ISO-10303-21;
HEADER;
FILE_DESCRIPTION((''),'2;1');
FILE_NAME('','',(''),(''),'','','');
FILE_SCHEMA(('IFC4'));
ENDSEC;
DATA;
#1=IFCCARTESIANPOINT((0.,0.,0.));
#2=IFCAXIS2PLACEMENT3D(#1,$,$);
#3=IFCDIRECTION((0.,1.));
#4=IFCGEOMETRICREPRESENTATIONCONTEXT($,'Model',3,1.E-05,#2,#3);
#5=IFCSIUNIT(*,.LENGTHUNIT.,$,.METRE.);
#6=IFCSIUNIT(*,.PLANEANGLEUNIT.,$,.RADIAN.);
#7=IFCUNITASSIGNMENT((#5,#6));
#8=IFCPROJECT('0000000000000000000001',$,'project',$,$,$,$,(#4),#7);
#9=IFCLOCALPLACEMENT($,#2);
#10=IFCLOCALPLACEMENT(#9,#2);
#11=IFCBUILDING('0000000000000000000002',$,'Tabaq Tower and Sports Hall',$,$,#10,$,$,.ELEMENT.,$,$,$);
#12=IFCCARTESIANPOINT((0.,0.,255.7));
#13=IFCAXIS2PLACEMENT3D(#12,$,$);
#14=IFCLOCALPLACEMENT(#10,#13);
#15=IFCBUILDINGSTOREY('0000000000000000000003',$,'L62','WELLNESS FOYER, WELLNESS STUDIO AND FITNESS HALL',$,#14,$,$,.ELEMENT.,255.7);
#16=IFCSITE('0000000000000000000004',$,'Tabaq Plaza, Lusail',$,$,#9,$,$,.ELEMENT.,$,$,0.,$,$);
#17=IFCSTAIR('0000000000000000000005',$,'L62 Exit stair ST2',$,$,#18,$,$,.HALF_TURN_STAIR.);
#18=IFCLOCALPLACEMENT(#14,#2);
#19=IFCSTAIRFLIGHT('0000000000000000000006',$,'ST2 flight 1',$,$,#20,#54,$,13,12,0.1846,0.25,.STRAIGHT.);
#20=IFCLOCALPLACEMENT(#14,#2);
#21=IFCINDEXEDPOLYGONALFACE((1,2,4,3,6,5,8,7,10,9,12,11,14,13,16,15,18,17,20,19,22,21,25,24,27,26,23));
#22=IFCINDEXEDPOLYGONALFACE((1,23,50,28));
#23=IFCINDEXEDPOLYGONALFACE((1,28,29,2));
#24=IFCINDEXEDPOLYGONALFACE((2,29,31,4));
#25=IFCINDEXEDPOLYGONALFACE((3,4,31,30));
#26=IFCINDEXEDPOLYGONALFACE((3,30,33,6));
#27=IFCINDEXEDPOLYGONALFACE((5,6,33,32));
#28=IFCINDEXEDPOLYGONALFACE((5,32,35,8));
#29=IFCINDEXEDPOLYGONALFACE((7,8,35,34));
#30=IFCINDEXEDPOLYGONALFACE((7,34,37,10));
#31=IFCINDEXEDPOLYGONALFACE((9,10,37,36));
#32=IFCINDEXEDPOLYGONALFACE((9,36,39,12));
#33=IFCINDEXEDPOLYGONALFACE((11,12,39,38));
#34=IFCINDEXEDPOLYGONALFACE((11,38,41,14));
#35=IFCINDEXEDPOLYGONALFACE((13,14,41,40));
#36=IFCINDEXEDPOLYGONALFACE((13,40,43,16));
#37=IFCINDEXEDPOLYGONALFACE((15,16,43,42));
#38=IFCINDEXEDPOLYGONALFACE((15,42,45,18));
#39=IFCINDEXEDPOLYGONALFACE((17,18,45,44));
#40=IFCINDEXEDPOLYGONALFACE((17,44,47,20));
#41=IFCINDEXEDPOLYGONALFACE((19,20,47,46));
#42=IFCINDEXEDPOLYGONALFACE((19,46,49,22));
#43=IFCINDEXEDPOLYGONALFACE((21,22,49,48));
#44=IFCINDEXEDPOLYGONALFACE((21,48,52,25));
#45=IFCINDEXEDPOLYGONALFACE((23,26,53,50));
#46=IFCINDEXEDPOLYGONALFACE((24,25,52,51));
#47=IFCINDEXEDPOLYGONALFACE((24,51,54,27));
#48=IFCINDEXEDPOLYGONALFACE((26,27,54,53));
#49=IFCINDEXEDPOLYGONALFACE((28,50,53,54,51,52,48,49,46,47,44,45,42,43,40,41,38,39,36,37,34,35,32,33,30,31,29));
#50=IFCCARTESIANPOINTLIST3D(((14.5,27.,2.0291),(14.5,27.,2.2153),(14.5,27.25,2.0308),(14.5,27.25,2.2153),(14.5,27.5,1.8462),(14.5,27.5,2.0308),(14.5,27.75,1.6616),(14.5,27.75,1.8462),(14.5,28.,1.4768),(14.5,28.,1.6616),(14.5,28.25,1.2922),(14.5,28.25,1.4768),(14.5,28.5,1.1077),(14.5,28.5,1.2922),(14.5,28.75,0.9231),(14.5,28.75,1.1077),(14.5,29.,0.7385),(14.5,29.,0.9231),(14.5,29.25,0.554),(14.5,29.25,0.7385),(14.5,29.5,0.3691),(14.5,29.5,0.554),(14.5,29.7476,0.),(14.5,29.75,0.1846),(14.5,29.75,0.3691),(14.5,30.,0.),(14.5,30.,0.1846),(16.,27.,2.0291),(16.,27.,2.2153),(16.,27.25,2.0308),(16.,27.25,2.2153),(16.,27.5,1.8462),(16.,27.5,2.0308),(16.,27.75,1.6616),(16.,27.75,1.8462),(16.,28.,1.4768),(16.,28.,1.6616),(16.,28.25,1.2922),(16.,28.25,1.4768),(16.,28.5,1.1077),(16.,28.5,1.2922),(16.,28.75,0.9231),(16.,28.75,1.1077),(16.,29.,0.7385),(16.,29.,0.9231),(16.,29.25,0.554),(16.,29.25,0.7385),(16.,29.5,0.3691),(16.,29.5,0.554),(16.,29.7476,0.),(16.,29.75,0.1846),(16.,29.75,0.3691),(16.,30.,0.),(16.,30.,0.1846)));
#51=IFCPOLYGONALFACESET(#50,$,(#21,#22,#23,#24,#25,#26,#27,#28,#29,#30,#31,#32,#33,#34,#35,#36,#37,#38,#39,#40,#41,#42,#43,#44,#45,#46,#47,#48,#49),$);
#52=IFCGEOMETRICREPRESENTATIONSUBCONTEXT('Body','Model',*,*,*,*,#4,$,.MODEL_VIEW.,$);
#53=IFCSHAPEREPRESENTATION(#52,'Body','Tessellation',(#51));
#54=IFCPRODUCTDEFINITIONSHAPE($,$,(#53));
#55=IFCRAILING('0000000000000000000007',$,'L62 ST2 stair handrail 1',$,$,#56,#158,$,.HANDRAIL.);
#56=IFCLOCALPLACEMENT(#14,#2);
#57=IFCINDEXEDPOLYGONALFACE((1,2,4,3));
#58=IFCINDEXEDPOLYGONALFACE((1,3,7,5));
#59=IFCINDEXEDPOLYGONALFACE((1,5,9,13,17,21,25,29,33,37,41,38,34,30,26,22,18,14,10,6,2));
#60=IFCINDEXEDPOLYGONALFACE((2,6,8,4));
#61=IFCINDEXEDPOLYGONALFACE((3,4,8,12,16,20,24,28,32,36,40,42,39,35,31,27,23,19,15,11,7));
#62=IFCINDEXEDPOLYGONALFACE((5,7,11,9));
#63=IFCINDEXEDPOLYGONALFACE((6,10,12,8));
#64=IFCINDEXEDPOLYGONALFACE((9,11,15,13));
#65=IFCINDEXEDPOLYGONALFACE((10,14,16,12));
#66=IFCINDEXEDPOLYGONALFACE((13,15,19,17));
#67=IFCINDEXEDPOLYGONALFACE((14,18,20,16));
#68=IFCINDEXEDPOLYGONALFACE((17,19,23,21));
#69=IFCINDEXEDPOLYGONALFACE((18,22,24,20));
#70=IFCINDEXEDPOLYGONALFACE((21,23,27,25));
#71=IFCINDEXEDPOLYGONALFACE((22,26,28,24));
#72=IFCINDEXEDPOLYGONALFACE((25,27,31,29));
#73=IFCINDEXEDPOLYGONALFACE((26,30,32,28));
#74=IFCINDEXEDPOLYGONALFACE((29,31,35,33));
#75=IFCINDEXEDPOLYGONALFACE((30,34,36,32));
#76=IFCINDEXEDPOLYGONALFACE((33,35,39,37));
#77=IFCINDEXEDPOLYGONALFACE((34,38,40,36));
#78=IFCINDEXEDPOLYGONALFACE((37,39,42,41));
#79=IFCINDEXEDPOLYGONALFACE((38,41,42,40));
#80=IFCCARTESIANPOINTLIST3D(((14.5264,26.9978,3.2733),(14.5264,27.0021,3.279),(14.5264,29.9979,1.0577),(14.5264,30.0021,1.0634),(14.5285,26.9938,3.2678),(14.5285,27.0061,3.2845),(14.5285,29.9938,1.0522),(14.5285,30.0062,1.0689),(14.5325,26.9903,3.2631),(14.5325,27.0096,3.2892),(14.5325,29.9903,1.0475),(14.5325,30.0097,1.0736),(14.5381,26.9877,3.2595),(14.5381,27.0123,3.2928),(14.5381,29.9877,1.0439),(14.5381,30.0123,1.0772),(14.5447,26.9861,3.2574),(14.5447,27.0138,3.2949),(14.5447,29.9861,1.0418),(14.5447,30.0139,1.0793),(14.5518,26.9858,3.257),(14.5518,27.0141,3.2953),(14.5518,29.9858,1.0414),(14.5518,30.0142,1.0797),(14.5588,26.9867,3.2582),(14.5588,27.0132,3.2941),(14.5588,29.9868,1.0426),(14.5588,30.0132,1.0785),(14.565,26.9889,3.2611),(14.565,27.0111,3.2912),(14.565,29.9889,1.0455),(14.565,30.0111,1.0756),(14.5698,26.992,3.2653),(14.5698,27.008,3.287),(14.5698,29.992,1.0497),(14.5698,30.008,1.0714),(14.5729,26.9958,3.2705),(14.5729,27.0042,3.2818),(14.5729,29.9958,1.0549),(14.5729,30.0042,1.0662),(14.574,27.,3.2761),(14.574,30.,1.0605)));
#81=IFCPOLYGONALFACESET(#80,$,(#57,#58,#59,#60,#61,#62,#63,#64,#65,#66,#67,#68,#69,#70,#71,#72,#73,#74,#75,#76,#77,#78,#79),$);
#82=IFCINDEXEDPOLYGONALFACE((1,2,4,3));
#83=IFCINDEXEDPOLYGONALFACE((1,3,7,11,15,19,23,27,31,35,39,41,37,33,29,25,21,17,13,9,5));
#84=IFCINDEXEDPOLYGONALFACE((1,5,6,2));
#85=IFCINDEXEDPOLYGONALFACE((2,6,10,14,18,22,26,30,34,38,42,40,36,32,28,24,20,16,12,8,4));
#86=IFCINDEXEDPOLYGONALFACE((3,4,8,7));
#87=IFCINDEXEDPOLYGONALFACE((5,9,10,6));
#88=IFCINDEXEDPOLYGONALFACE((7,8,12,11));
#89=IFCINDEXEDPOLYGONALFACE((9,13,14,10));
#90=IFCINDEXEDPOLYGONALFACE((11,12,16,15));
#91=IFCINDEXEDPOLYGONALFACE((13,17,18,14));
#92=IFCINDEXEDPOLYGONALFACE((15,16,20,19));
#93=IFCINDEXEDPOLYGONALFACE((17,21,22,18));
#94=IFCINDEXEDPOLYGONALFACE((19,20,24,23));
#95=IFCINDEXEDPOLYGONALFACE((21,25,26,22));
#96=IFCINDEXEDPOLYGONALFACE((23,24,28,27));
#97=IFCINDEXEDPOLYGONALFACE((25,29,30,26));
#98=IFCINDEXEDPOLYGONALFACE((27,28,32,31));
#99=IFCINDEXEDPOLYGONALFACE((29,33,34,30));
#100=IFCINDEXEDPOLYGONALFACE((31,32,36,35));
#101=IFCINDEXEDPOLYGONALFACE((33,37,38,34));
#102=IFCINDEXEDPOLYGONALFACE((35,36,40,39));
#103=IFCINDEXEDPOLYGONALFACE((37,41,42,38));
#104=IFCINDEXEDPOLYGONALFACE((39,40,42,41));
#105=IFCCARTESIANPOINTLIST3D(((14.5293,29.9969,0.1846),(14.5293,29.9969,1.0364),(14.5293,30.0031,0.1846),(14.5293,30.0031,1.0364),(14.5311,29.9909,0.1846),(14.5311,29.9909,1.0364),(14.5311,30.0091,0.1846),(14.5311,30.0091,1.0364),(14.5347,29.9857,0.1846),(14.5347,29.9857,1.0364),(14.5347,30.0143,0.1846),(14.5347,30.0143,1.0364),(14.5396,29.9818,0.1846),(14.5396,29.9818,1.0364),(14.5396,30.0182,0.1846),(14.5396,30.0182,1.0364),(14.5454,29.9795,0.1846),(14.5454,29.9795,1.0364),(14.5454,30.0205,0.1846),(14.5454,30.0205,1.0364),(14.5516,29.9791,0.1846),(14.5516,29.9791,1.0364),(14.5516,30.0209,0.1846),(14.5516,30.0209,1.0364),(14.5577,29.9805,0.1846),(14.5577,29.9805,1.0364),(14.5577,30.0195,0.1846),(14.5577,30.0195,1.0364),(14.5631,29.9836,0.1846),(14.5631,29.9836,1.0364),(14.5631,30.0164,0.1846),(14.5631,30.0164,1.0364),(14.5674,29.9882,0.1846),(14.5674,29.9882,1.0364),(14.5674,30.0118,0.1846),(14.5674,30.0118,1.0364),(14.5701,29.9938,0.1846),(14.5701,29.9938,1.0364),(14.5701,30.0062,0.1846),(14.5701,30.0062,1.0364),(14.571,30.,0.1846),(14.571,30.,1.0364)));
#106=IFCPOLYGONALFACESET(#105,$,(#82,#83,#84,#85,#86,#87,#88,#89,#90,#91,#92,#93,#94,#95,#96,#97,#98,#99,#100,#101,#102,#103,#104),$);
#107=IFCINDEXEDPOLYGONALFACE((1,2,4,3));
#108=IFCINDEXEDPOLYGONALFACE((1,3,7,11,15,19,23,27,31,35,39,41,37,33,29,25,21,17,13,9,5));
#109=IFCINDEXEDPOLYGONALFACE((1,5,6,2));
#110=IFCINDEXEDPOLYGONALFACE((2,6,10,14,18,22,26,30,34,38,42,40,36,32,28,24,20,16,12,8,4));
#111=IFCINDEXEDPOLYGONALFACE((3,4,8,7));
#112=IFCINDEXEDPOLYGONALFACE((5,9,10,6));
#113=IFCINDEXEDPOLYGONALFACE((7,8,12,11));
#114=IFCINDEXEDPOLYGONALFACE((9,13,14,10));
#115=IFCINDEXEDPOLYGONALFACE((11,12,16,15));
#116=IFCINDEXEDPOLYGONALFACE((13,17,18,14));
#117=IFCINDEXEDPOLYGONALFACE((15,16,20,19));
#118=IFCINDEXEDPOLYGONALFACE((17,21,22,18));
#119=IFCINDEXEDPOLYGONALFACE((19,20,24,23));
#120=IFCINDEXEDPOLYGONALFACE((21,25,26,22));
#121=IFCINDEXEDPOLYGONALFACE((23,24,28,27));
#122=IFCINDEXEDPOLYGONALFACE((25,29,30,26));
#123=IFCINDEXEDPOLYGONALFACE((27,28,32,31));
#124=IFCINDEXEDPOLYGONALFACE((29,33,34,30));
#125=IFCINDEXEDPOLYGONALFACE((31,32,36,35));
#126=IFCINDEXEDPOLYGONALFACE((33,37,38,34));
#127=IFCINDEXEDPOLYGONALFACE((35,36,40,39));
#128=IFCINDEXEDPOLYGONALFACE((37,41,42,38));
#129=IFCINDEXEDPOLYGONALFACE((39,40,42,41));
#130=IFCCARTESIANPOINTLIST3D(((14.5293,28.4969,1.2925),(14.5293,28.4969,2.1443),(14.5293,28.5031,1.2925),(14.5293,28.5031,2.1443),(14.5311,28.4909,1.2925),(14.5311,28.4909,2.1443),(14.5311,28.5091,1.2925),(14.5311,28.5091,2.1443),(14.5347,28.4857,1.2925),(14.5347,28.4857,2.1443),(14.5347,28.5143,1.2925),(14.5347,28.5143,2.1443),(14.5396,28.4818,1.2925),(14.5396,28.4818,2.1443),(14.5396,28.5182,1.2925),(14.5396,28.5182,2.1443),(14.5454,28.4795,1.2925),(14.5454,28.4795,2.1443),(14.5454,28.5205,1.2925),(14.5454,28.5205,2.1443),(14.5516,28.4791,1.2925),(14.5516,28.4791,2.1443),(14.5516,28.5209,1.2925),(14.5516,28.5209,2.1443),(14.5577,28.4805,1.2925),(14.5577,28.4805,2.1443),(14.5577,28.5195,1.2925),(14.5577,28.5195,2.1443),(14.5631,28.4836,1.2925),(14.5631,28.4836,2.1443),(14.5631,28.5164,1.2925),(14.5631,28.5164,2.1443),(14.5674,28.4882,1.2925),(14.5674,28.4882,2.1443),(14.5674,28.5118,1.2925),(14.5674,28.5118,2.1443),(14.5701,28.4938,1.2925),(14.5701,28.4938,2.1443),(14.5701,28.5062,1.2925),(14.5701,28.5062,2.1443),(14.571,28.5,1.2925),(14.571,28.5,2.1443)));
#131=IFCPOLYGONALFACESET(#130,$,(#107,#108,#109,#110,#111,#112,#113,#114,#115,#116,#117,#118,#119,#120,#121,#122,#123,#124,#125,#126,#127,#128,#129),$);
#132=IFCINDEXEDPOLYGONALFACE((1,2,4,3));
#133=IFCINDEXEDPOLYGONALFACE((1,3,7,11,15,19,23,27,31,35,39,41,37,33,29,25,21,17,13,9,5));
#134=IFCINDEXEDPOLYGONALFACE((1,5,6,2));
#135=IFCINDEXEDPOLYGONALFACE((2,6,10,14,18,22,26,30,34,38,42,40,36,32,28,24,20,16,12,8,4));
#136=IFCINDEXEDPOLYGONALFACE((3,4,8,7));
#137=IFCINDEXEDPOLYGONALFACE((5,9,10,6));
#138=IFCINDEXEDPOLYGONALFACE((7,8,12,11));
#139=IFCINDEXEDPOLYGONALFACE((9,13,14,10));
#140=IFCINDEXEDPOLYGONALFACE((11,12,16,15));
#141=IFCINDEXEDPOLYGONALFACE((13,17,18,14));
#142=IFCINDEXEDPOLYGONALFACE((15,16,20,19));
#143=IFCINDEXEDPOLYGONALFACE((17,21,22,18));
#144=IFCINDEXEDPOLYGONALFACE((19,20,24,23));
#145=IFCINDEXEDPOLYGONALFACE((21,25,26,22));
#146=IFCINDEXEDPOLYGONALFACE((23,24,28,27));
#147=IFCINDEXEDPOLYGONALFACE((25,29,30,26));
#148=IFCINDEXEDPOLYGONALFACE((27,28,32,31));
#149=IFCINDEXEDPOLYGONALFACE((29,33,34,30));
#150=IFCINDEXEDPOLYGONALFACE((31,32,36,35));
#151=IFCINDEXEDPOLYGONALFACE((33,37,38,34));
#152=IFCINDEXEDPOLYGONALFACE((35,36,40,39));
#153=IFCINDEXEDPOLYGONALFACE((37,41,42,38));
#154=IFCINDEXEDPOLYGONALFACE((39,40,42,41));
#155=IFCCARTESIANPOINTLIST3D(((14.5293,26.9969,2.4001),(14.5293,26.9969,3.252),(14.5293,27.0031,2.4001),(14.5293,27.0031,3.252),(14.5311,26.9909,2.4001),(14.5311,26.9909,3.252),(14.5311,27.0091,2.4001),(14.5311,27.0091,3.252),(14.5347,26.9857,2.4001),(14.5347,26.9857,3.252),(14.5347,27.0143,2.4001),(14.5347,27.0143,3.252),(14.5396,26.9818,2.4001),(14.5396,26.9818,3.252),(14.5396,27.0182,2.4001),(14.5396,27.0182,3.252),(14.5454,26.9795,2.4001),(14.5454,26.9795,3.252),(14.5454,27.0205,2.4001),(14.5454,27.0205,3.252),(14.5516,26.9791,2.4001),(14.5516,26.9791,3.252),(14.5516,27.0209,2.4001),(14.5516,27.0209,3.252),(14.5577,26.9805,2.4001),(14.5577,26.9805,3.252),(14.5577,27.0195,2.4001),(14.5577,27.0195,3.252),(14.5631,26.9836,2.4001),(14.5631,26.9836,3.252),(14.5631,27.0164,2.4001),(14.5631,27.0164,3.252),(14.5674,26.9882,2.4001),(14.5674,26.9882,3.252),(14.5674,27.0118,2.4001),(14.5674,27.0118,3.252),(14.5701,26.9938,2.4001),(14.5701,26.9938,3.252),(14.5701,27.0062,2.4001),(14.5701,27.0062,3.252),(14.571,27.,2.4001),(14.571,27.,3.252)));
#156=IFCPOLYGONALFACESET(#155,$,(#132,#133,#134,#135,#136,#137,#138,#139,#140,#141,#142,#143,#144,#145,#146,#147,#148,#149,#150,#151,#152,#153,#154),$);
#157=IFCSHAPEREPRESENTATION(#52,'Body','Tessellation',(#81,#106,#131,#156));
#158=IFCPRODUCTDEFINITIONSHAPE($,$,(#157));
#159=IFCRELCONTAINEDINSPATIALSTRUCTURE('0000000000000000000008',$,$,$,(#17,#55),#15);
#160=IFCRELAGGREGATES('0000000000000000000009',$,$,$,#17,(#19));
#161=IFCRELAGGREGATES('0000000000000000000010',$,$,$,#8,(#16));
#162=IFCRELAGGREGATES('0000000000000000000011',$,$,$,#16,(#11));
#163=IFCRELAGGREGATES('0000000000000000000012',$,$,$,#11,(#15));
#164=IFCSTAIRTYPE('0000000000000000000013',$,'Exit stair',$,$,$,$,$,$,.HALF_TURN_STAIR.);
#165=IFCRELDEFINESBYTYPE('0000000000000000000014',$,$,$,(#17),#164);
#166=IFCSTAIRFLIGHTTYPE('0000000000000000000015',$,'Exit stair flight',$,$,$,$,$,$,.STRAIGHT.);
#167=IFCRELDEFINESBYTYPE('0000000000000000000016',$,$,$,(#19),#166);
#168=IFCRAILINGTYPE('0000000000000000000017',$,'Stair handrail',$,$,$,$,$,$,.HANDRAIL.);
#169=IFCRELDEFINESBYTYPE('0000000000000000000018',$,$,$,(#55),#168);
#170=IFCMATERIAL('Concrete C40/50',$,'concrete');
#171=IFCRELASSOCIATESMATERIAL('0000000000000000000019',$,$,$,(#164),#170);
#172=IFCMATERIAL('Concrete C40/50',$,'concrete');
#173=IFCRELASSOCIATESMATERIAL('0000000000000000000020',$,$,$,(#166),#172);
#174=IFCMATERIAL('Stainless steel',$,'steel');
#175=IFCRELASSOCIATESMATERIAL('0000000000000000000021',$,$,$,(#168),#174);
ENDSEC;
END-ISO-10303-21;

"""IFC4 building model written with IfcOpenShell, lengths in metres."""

from ifc_helpers import new_model, si_unit, direction, frame, origin, origin_2d, place, context, subcontext, project, spatial, polyline, circle, outline, extrude, material, type_object, element, aggregate, save


model = new_model("IFC4")

# Units and contexts
model_context = context("Model", 3, precision=1e-05, world=origin(), true_north=direction((0.0, 1.0)))
body_context = subcontext(model_context, "Body", "Model", "MODEL_VIEW")
ifc_project = project(units=[si_unit("LENGTHUNIT", "METRE"), si_unit("PLANEANGLEUNIT", "RADIAN")], contexts=[model_context])

# Site, building, storey
site_placement = place(None, origin())
site = spatial("IfcSite", under=ifc_project, at=site_placement, Name="Tabaq Plaza, Lusail", CompositionType="ELEMENT", RefElevation=0.0)
building_placement = place(site_placement, origin())
building = spatial("IfcBuilding", under=site, at=building_placement, Name="Tabaq Tower and Sports Hall", CompositionType="ELEMENT")
storey_placement = place(building_placement, frame((0.0, 0.0, 255.7)))
storey = spatial("IfcBuildingStorey", under=building, at=storey_placement, Name="L62", Description="WELLNESS FOYER, WELLNESS STUDIO AND FITNESS HALL", CompositionType="ELEMENT", Elevation=255.7)

# Stair, stair flight
ifc_material_1 = material(Name="Concrete C40/50", Category="concrete")
stair_type = type_object("IfcStairType", Name="Exit stair", PredefinedType="HALF_TURN_STAIR", material=ifc_material_1)
stair_placement = place(storey_placement, origin())
stair = element("IfcStair", 1, at=stair_placement, inside=storey, type_object=stair_type, Name="L62 Exit stair ST2", PredefinedType="HALF_TURN_STAIR")
ifc_material_2 = material(Name="Concrete C40/50", Category="concrete")
stair_flight_type = type_object("IfcStairFlightType", Name="Exit stair flight", PredefinedType="STRAIGHT", material=ifc_material_2)
stair_flight_placement = place(storey_placement, frame((15.25, 30.0, 0.0), z_axis=(0.0, 0.0, 1.0), x_axis=(0.0, -1.0, 0.0)))
stair_flight = element("IfcStairFlight", 2, at=stair_flight_placement, type_object=stair_flight_type, Name="ST2 flight 1", NumberOfRisers=13, NumberOfTreads=12, PredefinedType="STRAIGHT", RiserHeight=0.1846, TreadLength=0.25, context=body_context, shape_type="SweptSolid", body=[
    extrude(outline(polyline([(0.0, 0.0), (0.0, 0.1846), (0.25, 0.1846), (0.25, 0.3691), (0.5, 0.3691), (0.5, 0.554), (0.75, 0.554), (0.75, 0.7385), (1.0, 0.7385), (1.0, 0.9231), (1.25, 0.9231), (1.25, 1.1077), (1.5, 1.1077), (1.5, 1.2922), (1.75, 1.2922), (1.75, 1.4768), (2.0, 1.4768), (2.0, 1.6616), (2.25, 1.6616), (2.25, 1.8462), (2.5, 1.8462), (2.5, 2.0308), (2.75, 2.0308), (2.75, 2.2153), (3.0, 2.2153), (3.0, 2.3999), (3.0, 2.0291), (0.2524, 0.0), (0.0, 0.0)])), frame((0.0, 0.75, 0.0), z_axis=(0.0, -1.0, 0.0), x_axis=(1.0, 0.0, 0.0)), (0.0, 0.0, 1.0), 1.5),
])
aggregate(stair, [stair_flight])

# Railing
ifc_material_3 = material(Name="Stainless steel", Category="steel")
railing_type_1 = type_object("IfcRailingType", Name="Stair handrail", PredefinedType="HANDRAIL", material=ifc_material_3)
railing_1_placement = place(storey_placement, frame((14.55, 30.0, 0.1846)))
element("IfcRailing", 3, at=railing_1_placement, inside=storey, type_object=railing_type_1, Name="L62 ST2 stair handrail 1", PredefinedType="HANDRAIL", context=body_context, shape_type="SweptSolid", body=[
    extrude(circle(Radius=0.0239, at=origin_2d()), frame((0.0, 0.0, 0.876), z_axis=(0.0, -0.804409, 0.594076), x_axis=(1.0, 0.0, 0.0)), (0.0, 0.0, 1.0), 3.7295),
    extrude(circle(Radius=0.021, at=origin_2d()), origin(), (0.0, 0.0, 1.0), 0.8518),
    extrude(circle(Radius=0.021, at=origin_2d()), frame((0.0, -1.5, 1.1079)), (0.0, 0.0, 1.0), 0.8518),
    extrude(circle(Radius=0.021, at=origin_2d()), frame((0.0, -3.0, 2.2156)), (0.0, 0.0, 1.0), 0.8518),
])

save(model, "model.ifc")
